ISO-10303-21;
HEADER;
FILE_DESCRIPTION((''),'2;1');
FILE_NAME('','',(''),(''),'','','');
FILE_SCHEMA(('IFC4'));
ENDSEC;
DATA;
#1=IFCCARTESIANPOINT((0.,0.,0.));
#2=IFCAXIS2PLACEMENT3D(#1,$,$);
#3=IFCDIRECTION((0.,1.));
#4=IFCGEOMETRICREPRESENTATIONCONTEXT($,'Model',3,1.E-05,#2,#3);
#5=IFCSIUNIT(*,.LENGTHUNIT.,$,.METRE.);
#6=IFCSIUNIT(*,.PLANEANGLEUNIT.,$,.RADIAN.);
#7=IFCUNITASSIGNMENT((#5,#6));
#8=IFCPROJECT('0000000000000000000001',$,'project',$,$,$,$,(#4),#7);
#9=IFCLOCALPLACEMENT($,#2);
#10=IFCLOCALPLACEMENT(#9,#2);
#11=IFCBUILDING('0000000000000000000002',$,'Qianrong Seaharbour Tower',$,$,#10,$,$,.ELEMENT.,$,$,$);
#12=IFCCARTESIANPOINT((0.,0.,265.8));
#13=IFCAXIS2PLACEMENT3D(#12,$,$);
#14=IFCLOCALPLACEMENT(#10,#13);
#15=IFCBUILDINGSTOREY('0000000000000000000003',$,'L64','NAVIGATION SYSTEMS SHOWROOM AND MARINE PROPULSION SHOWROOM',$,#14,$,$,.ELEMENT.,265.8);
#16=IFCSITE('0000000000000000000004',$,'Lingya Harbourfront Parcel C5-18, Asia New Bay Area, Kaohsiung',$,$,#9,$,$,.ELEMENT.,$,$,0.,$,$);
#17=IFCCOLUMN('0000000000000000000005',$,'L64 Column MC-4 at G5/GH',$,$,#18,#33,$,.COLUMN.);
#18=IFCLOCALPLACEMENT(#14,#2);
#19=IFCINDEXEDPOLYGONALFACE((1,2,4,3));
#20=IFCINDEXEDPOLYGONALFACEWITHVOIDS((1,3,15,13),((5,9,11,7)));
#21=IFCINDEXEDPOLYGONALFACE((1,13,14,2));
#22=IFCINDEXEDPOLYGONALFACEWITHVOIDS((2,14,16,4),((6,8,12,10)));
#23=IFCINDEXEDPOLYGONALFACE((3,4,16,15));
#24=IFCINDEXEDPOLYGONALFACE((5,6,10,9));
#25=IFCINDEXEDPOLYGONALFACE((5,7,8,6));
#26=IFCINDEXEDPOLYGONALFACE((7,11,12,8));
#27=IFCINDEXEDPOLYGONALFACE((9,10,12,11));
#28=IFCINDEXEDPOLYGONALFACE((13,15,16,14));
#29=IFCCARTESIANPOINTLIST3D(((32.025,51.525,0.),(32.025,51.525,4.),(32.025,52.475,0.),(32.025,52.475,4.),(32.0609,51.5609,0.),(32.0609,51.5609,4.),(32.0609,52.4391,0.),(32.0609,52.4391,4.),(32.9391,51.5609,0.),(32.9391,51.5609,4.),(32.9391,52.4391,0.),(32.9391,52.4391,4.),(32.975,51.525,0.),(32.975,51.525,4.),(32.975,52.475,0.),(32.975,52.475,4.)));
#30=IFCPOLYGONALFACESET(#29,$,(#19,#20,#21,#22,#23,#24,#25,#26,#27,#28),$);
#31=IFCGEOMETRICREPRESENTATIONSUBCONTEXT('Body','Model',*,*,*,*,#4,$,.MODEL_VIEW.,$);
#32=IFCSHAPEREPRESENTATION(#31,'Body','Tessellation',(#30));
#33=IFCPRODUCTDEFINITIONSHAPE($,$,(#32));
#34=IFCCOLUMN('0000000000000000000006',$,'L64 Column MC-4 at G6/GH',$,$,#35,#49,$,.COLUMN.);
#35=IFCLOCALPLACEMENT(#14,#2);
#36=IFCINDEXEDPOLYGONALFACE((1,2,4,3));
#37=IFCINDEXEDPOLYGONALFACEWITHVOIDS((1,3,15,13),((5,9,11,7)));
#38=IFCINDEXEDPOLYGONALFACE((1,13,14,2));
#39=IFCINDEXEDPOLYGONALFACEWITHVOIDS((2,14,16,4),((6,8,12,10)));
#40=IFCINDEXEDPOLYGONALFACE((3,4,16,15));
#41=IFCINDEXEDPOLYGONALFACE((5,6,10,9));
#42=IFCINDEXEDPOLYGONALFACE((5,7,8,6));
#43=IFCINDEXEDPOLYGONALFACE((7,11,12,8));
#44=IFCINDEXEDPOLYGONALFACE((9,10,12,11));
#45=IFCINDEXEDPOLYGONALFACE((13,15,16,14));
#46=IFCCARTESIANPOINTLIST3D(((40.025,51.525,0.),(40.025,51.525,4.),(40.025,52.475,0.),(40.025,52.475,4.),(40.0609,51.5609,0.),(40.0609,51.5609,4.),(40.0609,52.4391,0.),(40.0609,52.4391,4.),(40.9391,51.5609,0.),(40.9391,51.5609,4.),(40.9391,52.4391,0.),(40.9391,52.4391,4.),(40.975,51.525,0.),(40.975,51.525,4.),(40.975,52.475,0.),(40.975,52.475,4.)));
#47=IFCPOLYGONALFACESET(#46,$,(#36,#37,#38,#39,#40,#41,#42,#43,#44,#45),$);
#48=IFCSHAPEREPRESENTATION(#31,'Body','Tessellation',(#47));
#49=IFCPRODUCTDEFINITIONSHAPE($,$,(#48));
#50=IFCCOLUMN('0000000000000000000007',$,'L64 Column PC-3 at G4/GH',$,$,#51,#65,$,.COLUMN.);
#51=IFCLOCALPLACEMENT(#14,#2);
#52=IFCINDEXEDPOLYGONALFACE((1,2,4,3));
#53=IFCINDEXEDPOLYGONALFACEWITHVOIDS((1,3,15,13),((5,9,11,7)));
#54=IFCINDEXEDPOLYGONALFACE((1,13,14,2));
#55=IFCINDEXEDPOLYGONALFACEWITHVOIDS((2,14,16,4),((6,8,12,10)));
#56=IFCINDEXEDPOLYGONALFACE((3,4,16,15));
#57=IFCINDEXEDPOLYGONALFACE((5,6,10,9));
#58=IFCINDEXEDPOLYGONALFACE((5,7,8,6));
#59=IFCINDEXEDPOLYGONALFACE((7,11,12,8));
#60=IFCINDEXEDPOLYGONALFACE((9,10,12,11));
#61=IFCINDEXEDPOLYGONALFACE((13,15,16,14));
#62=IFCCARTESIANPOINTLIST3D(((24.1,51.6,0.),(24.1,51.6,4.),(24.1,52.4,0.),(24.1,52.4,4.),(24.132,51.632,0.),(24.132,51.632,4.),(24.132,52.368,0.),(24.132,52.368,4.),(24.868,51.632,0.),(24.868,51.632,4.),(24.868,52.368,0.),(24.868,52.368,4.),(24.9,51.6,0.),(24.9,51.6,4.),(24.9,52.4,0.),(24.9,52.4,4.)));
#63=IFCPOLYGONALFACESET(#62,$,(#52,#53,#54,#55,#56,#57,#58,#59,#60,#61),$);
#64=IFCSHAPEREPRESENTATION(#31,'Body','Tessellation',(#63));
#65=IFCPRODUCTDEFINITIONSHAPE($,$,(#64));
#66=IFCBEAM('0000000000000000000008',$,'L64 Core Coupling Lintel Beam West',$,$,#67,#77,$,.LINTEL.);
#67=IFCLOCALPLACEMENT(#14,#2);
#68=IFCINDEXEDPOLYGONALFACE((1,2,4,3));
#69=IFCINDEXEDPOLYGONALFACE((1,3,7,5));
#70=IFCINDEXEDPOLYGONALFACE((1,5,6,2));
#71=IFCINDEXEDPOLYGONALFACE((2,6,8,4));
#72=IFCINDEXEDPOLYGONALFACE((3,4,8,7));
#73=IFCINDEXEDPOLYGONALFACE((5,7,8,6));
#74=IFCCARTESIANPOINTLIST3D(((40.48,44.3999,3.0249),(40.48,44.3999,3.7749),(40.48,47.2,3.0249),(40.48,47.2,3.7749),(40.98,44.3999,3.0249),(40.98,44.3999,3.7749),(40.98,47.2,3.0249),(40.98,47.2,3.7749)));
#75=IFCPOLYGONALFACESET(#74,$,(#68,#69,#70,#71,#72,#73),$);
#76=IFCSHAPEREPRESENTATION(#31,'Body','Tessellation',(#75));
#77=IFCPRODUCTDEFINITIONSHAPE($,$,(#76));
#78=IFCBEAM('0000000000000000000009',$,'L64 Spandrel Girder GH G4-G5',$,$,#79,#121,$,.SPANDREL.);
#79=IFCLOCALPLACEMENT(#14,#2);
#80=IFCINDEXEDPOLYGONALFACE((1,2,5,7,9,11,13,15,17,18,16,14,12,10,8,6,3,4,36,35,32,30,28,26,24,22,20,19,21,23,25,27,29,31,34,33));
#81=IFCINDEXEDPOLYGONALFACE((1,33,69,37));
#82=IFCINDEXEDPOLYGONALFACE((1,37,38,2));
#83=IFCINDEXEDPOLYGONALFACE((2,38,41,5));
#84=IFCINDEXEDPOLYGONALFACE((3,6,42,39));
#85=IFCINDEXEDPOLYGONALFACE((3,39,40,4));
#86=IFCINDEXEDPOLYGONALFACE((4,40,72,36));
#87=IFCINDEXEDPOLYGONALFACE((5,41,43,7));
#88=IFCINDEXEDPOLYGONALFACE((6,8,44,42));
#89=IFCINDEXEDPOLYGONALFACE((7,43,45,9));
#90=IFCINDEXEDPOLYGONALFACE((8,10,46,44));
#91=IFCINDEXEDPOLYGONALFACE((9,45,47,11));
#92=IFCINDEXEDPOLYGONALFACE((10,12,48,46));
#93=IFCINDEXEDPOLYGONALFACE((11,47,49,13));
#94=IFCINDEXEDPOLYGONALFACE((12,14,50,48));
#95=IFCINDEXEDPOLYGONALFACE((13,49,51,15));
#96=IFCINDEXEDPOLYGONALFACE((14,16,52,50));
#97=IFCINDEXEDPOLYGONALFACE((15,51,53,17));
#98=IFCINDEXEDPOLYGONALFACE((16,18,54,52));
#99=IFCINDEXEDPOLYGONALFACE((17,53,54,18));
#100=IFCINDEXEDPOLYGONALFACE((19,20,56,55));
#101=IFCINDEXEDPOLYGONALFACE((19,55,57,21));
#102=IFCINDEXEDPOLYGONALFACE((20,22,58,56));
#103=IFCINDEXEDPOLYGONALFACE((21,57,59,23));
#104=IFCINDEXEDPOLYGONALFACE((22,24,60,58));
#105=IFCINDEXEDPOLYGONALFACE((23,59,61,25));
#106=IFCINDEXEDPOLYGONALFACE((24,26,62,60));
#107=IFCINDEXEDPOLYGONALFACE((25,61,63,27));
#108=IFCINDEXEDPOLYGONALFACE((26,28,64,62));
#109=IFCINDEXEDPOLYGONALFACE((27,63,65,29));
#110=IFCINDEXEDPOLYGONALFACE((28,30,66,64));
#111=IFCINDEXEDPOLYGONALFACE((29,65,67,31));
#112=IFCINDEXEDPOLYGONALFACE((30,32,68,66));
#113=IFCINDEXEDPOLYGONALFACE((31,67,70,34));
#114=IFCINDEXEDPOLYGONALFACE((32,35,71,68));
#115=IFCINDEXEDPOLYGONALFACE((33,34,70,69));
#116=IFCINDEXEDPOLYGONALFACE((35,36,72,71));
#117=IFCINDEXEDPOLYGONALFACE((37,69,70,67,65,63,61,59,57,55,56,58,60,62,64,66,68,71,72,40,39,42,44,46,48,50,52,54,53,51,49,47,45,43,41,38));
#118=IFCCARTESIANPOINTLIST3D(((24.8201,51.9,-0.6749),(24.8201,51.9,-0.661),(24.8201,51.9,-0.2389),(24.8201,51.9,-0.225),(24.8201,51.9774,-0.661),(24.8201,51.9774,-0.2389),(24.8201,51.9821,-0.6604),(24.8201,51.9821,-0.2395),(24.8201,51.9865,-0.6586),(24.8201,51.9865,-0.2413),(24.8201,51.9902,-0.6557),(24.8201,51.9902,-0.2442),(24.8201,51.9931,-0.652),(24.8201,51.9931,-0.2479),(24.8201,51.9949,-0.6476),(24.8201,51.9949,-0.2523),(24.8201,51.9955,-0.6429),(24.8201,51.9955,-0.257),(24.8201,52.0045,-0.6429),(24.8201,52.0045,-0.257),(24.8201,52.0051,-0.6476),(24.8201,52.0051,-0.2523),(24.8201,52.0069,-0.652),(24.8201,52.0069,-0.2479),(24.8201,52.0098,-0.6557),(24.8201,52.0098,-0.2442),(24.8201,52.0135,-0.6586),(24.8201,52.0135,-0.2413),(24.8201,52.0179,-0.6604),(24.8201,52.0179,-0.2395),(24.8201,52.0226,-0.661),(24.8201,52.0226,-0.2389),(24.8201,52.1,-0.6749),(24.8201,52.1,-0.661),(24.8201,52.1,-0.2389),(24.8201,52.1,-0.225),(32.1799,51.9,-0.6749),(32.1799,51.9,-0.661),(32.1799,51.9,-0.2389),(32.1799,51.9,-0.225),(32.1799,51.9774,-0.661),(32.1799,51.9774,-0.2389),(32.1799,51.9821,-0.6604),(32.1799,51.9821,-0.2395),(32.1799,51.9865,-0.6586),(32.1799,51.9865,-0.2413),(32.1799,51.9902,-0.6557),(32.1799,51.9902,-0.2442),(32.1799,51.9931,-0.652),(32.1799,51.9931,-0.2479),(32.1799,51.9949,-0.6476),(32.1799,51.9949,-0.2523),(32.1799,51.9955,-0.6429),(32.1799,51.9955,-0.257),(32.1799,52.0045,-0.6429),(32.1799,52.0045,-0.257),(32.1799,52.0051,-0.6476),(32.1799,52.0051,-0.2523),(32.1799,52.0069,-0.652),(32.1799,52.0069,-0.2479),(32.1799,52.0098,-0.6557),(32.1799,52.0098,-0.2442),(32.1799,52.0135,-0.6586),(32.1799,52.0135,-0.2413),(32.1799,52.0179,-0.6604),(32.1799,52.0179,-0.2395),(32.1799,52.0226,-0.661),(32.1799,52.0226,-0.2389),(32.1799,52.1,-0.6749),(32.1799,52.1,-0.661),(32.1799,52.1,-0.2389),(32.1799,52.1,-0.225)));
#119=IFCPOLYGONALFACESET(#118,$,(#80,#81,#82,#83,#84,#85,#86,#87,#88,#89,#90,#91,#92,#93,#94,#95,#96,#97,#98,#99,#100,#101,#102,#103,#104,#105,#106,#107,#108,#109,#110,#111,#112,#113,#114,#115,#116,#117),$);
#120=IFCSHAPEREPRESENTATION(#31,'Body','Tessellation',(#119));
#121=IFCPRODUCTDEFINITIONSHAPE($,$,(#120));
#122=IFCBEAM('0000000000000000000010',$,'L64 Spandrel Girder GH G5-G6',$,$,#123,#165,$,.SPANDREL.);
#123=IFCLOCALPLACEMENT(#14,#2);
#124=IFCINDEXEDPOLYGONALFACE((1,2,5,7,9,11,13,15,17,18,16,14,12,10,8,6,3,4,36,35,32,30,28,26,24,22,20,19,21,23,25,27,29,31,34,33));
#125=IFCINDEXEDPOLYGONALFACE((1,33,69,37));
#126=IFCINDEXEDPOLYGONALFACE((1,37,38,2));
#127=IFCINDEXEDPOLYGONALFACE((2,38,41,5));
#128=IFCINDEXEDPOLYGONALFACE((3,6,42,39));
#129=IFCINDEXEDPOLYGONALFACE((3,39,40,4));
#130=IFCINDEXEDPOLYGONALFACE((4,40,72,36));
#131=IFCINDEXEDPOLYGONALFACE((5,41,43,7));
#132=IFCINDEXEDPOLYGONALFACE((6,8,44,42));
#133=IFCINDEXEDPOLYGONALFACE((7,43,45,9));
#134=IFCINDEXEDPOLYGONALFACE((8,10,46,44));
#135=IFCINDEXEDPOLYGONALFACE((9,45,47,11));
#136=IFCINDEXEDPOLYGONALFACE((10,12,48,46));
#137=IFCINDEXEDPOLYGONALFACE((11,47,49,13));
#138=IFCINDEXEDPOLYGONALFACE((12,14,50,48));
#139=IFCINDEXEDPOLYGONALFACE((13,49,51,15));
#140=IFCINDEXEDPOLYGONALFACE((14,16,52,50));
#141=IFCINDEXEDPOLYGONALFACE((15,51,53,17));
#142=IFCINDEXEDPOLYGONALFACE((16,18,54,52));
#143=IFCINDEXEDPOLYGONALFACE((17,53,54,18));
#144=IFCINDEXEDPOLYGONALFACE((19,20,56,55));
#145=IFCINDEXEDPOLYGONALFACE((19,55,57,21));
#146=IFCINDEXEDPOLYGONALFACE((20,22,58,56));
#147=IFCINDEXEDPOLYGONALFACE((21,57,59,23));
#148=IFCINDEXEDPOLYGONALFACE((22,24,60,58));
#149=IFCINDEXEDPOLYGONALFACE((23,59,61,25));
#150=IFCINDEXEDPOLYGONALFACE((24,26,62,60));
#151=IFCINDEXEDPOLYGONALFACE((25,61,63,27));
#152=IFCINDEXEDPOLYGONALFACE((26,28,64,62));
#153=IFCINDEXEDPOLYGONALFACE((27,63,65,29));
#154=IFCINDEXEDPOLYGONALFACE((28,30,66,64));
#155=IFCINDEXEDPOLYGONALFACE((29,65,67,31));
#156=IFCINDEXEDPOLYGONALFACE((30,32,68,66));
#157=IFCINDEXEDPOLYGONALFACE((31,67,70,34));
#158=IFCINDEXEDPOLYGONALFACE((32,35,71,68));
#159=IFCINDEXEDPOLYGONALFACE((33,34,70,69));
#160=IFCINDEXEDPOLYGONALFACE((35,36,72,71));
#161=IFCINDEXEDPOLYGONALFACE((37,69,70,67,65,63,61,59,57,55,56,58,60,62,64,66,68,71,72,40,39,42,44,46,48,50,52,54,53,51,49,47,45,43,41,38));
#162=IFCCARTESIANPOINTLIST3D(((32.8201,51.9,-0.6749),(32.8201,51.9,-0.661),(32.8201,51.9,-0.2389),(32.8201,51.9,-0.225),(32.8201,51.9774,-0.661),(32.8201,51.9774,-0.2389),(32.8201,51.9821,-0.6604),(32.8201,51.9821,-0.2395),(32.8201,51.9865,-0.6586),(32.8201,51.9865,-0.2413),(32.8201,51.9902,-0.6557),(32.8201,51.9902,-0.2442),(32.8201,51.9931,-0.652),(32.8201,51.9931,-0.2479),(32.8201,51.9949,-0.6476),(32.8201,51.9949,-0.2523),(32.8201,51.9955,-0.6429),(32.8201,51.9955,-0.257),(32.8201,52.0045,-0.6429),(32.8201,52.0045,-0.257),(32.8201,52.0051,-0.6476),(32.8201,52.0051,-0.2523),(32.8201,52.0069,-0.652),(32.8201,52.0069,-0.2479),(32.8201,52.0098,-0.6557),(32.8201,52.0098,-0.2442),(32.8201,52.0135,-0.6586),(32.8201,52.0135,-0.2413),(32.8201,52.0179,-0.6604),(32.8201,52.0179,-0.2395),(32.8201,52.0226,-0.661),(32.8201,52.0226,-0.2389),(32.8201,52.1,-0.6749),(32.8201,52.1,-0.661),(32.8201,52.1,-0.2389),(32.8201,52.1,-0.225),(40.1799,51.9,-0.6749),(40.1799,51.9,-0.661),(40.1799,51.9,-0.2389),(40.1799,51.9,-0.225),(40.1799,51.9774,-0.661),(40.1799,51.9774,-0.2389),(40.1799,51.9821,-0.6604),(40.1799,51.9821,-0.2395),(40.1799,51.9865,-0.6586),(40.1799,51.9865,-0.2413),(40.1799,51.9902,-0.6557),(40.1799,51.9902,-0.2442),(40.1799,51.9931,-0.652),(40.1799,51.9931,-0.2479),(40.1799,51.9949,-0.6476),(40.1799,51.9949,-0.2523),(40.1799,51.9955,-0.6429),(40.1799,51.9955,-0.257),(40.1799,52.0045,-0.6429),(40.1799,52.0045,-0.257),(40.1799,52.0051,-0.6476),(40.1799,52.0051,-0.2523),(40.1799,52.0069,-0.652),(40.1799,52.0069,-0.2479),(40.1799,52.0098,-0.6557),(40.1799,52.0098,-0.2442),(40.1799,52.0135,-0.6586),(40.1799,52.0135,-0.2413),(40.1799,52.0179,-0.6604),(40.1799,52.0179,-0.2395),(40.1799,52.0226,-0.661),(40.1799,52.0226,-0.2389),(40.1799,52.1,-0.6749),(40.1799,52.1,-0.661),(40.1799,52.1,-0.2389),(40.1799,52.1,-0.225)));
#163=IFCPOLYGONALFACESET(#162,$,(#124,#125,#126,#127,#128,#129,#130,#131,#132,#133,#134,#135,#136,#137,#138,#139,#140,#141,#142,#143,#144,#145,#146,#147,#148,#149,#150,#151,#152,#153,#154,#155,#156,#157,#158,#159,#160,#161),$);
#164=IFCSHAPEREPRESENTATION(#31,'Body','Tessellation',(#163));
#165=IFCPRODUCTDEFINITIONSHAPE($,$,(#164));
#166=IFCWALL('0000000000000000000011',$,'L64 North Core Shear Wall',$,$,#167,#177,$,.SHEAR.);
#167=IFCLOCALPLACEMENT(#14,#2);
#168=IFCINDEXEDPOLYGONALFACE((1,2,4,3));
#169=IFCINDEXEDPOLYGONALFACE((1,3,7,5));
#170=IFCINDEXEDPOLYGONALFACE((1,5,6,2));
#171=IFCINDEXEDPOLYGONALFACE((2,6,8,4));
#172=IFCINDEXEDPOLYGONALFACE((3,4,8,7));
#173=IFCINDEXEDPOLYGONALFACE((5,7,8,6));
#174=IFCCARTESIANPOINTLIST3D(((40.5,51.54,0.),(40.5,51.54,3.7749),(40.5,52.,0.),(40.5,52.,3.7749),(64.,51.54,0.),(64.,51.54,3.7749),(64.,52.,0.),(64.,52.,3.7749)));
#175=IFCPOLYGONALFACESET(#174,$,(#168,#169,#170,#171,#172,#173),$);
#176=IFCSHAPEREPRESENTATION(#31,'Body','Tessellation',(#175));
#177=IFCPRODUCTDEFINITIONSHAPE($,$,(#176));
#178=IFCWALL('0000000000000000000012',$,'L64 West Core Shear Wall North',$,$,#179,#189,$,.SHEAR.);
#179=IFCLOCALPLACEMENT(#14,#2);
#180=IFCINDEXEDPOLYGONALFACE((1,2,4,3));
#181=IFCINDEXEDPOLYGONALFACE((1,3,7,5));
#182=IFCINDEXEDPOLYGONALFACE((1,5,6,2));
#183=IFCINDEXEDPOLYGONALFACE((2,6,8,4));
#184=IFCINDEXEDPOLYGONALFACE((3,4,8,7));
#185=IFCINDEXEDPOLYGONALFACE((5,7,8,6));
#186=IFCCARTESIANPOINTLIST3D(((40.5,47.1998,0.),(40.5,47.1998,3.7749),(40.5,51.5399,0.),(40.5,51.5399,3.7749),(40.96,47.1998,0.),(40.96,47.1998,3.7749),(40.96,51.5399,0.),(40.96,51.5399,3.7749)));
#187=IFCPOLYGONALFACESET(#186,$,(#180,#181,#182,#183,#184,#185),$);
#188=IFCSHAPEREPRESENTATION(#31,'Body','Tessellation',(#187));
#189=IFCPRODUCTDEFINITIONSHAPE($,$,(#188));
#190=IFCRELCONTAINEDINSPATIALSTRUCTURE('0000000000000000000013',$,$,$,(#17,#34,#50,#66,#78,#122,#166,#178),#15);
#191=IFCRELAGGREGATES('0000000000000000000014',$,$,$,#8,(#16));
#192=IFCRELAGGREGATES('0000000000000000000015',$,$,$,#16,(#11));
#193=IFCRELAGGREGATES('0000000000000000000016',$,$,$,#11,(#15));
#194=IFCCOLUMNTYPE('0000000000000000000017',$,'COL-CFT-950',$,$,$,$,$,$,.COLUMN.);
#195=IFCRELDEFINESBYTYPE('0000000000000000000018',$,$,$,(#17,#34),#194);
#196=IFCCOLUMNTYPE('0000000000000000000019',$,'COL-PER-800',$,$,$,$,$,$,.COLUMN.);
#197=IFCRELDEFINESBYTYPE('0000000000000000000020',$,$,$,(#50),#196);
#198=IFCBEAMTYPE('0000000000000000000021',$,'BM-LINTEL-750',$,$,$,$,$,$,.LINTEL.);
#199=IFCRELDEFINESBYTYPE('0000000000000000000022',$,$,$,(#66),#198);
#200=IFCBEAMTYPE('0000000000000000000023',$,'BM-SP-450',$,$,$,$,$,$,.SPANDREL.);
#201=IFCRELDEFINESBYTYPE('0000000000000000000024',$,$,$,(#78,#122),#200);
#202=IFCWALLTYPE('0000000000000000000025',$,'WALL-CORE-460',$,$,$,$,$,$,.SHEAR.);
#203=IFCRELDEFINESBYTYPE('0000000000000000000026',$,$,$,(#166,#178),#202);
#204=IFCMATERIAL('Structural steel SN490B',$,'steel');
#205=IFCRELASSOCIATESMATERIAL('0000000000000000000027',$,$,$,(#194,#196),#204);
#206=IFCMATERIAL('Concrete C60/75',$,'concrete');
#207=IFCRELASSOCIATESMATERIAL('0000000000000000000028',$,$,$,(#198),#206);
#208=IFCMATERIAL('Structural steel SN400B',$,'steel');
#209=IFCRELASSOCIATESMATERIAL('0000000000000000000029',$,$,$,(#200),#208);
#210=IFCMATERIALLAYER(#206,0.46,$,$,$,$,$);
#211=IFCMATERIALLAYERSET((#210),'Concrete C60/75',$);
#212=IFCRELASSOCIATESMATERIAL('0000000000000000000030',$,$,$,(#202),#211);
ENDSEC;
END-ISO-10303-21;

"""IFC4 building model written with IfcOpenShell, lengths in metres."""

from ifc_helpers import new_model, si_unit, direction, frame, frame_2d, origin, origin_2d, place, context, subcontext, project, spatial, rectangle, hollow_rectangle, i_section, extrude, material, layer, layer_set, material_profile, profile_set, type_object, element, save


model = new_model("IFC4")

# Units and contexts
model_context = context("Model", 3, precision=1e-05, world=origin(), true_north=direction((0.0, 1.0)))
body_context = subcontext(model_context, "Body", "Model", "MODEL_VIEW")
ifc_project = project(units=[si_unit("LENGTHUNIT", "METRE"), si_unit("PLANEANGLEUNIT", "RADIAN")], contexts=[model_context])

# Site, building, storey
site_placement = place(None, origin())
site = spatial("IfcSite", under=ifc_project, at=site_placement, Name="Lingya Harbourfront Parcel C5-18, Asia New Bay Area, Kaohsiung", CompositionType="ELEMENT", RefElevation=0.0)
building_placement = place(site_placement, origin())
building = spatial("IfcBuilding", under=site, at=building_placement, Name="Qianrong Seaharbour Tower", CompositionType="ELEMENT")
storey_placement = place(building_placement, frame((0.0, 0.0, 265.8)))
storey = spatial("IfcBuildingStorey", under=building, at=storey_placement, Name="L64", Description="NAVIGATION SYSTEMS SHOWROOM AND MARINE PROPULSION SHOWROOM", CompositionType="ELEMENT", Elevation=265.8)

# Columns
ifc_material_1 = material(Name="Structural steel SN490B", Category="steel")
ifc_material_profile_1 = material_profile(ifc_material_1, hollow_rectangle(XDim=0.95, YDim=0.95, WallThickness=0.0359, at=origin_2d()), Name="BOX950x950x36")
ifc_profile_set_1 = profile_set([ifc_material_profile_1], Name="Structural steel SN490B")
column_type_1 = type_object("IfcColumnType", Name="COL-CFT-950", PredefinedType="COLUMN", material=ifc_profile_set_1)
for number, where, z_axis, x_axis, name in (
    (1, (32.5, 52.0, 0.0), (0.0, 0.0, 1.0), (1.0, 0.0, 0.0), "L64 Column MC-4 at G5/GH"),
    (2, (40.5, 52.0, 0.0), (0.0, 0.0, 1.0), (1.0, 0.0, 0.0), "L64 Column MC-4 at G6/GH"),
):
    element("IfcColumn", number, at=place(storey_placement, frame(where, z_axis=z_axis, x_axis=x_axis)), inside=storey, type_object=column_type_1, Name=name, PredefinedType="COLUMN", context=body_context, shape_type="SweptSolid", body=[
        extrude(hollow_rectangle(XDim=0.95, YDim=0.95, WallThickness=0.0359, at=origin_2d()), origin(), (0.0, 0.0, 1.0), 4.0),
    ])
ifc_material_profile_2 = material_profile(ifc_material_1, hollow_rectangle(XDim=0.8, YDim=0.8, WallThickness=0.032, at=origin_2d()), Name="BOX800x800x32")
ifc_profile_set_2 = profile_set([ifc_material_profile_2], Name="Structural steel SN490B")
column_type_2 = type_object("IfcColumnType", Name="COL-PER-800", PredefinedType="COLUMN", material=ifc_profile_set_2)
column_placement = place(storey_placement, frame((24.5, 52.0, 0.0), z_axis=(0.0, 0.0, 1.0), x_axis=(1.0, 0.0, 0.0)))
element("IfcColumn", 3, at=column_placement, inside=storey, type_object=column_type_2, Name="L64 Column PC-3 at G4/GH", PredefinedType="COLUMN", context=body_context, shape_type="SweptSolid", body=[
    extrude(hollow_rectangle(XDim=0.8, YDim=0.8, WallThickness=0.032, at=origin_2d()), origin(), (0.0, 0.0, 1.0), 4.0),
])

# Beams
ifc_material_2 = material(Name="Concrete C60/75", Category="concrete")
ifc_material_profile_3 = material_profile(ifc_material_2, rectangle(XDim=0.5, YDim=0.75, at=origin_2d()), Name="RC500x750")
ifc_profile_set_3 = profile_set([ifc_material_profile_3], Name="Concrete C60/75")
beam_type_1 = type_object("IfcBeamType", Name="BM-LINTEL-750", PredefinedType="LINTEL", material=ifc_profile_set_3)
beam_placement = place(storey_placement, frame((40.73, 44.3999, 3.3999), z_axis=(0.0, 1.0, 0.0), x_axis=(-1.0, 0.0, 0.0)))
element("IfcBeam", 4, at=beam_placement, inside=storey, type_object=beam_type_1, Name="L64 Core Coupling Lintel Beam West", PredefinedType="LINTEL", context=body_context, shape_type="SweptSolid", body=[
    extrude(rectangle(XDim=0.5, YDim=0.75, at=origin_2d()), origin(), (0.0, 0.0, 1.0), 2.8),
])
ifc_material_3 = material(Name="Structural steel SN400B", Category="steel")
ifc_material_profile_4 = material_profile(ifc_material_3, i_section(OverallWidth=0.2, OverallDepth=0.45, WebThickness=0.009, FlangeThickness=0.0139, FilletRadius=0.0181, at=origin_2d()), Name="H450x200x9x14")
ifc_profile_set_4 = profile_set([ifc_material_profile_4], Name="Structural steel SN400B")
beam_type_2 = type_object("IfcBeamType", Name="BM-SP-450", PredefinedType="SPANDREL", material=ifc_profile_set_4)
for number, where, z_axis, x_axis, name in (
    (5, (24.8201, 52.0, -0.45), (1.0, 0.0, 0.0), (0.0, 1.0, 0.0), "L64 Spandrel Girder GH G4-G5"),
    (6, (32.8201, 52.0, -0.45), (1.0, 0.0, 0.0), (0.0, 1.0, 0.0), "L64 Spandrel Girder GH G5-G6"),
):
    element("IfcBeam", number, at=place(storey_placement, frame(where, z_axis=z_axis, x_axis=x_axis)), inside=storey, type_object=beam_type_2, Name=name, PredefinedType="SPANDREL", context=body_context, shape_type="SweptSolid", body=[
        extrude(i_section(OverallWidth=0.2, OverallDepth=0.45, WebThickness=0.009, FlangeThickness=0.0139, FilletRadius=0.0181, at=origin_2d()), origin(), (0.0, 0.0, 1.0), 7.3599),
    ])

# Walls
ifc_layer_1 = layer(ifc_material_2, 0.46)
ifc_layer_set_1 = layer_set([ifc_layer_1], Name="Concrete C60/75")
wall_type_1 = type_object("IfcWallType", Name="WALL-CORE-460", PredefinedType="SHEAR", material=ifc_layer_set_1)
wall_1_placement = place(storey_placement, frame((40.5, 51.77, 0.0), z_axis=(0.0, 0.0, 1.0), x_axis=(1.0, 0.0, 0.0)))
element("IfcWall", 7, at=wall_1_placement, inside=storey, type_object=wall_type_1, Name="L64 North Core Shear Wall", PredefinedType="SHEAR", context=body_context, shape_type="SweptSolid", body=[
    extrude(rectangle(XDim=23.5, YDim=0.46, at=frame_2d((11.75, 0.0))), origin(), (0.0, 0.0, 1.0), 3.7749),
])
wall_2_placement = place(storey_placement, frame((40.73, 47.2, 0.0), z_axis=(0.0, 0.0, 1.0), x_axis=(0.0, 1.0, 0.0)))
element("IfcWall", 8, at=wall_2_placement, inside=storey, type_object=wall_type_1, Name="L64 West Core Shear Wall North", PredefinedType="SHEAR", context=body_context, shape_type="SweptSolid", body=[
    extrude(rectangle(XDim=4.3401, YDim=0.46, at=frame_2d((2.1699, 0.0))), origin(), (0.0, 0.0, 1.0), 3.7749),
])

save(model, "model.ifc")
